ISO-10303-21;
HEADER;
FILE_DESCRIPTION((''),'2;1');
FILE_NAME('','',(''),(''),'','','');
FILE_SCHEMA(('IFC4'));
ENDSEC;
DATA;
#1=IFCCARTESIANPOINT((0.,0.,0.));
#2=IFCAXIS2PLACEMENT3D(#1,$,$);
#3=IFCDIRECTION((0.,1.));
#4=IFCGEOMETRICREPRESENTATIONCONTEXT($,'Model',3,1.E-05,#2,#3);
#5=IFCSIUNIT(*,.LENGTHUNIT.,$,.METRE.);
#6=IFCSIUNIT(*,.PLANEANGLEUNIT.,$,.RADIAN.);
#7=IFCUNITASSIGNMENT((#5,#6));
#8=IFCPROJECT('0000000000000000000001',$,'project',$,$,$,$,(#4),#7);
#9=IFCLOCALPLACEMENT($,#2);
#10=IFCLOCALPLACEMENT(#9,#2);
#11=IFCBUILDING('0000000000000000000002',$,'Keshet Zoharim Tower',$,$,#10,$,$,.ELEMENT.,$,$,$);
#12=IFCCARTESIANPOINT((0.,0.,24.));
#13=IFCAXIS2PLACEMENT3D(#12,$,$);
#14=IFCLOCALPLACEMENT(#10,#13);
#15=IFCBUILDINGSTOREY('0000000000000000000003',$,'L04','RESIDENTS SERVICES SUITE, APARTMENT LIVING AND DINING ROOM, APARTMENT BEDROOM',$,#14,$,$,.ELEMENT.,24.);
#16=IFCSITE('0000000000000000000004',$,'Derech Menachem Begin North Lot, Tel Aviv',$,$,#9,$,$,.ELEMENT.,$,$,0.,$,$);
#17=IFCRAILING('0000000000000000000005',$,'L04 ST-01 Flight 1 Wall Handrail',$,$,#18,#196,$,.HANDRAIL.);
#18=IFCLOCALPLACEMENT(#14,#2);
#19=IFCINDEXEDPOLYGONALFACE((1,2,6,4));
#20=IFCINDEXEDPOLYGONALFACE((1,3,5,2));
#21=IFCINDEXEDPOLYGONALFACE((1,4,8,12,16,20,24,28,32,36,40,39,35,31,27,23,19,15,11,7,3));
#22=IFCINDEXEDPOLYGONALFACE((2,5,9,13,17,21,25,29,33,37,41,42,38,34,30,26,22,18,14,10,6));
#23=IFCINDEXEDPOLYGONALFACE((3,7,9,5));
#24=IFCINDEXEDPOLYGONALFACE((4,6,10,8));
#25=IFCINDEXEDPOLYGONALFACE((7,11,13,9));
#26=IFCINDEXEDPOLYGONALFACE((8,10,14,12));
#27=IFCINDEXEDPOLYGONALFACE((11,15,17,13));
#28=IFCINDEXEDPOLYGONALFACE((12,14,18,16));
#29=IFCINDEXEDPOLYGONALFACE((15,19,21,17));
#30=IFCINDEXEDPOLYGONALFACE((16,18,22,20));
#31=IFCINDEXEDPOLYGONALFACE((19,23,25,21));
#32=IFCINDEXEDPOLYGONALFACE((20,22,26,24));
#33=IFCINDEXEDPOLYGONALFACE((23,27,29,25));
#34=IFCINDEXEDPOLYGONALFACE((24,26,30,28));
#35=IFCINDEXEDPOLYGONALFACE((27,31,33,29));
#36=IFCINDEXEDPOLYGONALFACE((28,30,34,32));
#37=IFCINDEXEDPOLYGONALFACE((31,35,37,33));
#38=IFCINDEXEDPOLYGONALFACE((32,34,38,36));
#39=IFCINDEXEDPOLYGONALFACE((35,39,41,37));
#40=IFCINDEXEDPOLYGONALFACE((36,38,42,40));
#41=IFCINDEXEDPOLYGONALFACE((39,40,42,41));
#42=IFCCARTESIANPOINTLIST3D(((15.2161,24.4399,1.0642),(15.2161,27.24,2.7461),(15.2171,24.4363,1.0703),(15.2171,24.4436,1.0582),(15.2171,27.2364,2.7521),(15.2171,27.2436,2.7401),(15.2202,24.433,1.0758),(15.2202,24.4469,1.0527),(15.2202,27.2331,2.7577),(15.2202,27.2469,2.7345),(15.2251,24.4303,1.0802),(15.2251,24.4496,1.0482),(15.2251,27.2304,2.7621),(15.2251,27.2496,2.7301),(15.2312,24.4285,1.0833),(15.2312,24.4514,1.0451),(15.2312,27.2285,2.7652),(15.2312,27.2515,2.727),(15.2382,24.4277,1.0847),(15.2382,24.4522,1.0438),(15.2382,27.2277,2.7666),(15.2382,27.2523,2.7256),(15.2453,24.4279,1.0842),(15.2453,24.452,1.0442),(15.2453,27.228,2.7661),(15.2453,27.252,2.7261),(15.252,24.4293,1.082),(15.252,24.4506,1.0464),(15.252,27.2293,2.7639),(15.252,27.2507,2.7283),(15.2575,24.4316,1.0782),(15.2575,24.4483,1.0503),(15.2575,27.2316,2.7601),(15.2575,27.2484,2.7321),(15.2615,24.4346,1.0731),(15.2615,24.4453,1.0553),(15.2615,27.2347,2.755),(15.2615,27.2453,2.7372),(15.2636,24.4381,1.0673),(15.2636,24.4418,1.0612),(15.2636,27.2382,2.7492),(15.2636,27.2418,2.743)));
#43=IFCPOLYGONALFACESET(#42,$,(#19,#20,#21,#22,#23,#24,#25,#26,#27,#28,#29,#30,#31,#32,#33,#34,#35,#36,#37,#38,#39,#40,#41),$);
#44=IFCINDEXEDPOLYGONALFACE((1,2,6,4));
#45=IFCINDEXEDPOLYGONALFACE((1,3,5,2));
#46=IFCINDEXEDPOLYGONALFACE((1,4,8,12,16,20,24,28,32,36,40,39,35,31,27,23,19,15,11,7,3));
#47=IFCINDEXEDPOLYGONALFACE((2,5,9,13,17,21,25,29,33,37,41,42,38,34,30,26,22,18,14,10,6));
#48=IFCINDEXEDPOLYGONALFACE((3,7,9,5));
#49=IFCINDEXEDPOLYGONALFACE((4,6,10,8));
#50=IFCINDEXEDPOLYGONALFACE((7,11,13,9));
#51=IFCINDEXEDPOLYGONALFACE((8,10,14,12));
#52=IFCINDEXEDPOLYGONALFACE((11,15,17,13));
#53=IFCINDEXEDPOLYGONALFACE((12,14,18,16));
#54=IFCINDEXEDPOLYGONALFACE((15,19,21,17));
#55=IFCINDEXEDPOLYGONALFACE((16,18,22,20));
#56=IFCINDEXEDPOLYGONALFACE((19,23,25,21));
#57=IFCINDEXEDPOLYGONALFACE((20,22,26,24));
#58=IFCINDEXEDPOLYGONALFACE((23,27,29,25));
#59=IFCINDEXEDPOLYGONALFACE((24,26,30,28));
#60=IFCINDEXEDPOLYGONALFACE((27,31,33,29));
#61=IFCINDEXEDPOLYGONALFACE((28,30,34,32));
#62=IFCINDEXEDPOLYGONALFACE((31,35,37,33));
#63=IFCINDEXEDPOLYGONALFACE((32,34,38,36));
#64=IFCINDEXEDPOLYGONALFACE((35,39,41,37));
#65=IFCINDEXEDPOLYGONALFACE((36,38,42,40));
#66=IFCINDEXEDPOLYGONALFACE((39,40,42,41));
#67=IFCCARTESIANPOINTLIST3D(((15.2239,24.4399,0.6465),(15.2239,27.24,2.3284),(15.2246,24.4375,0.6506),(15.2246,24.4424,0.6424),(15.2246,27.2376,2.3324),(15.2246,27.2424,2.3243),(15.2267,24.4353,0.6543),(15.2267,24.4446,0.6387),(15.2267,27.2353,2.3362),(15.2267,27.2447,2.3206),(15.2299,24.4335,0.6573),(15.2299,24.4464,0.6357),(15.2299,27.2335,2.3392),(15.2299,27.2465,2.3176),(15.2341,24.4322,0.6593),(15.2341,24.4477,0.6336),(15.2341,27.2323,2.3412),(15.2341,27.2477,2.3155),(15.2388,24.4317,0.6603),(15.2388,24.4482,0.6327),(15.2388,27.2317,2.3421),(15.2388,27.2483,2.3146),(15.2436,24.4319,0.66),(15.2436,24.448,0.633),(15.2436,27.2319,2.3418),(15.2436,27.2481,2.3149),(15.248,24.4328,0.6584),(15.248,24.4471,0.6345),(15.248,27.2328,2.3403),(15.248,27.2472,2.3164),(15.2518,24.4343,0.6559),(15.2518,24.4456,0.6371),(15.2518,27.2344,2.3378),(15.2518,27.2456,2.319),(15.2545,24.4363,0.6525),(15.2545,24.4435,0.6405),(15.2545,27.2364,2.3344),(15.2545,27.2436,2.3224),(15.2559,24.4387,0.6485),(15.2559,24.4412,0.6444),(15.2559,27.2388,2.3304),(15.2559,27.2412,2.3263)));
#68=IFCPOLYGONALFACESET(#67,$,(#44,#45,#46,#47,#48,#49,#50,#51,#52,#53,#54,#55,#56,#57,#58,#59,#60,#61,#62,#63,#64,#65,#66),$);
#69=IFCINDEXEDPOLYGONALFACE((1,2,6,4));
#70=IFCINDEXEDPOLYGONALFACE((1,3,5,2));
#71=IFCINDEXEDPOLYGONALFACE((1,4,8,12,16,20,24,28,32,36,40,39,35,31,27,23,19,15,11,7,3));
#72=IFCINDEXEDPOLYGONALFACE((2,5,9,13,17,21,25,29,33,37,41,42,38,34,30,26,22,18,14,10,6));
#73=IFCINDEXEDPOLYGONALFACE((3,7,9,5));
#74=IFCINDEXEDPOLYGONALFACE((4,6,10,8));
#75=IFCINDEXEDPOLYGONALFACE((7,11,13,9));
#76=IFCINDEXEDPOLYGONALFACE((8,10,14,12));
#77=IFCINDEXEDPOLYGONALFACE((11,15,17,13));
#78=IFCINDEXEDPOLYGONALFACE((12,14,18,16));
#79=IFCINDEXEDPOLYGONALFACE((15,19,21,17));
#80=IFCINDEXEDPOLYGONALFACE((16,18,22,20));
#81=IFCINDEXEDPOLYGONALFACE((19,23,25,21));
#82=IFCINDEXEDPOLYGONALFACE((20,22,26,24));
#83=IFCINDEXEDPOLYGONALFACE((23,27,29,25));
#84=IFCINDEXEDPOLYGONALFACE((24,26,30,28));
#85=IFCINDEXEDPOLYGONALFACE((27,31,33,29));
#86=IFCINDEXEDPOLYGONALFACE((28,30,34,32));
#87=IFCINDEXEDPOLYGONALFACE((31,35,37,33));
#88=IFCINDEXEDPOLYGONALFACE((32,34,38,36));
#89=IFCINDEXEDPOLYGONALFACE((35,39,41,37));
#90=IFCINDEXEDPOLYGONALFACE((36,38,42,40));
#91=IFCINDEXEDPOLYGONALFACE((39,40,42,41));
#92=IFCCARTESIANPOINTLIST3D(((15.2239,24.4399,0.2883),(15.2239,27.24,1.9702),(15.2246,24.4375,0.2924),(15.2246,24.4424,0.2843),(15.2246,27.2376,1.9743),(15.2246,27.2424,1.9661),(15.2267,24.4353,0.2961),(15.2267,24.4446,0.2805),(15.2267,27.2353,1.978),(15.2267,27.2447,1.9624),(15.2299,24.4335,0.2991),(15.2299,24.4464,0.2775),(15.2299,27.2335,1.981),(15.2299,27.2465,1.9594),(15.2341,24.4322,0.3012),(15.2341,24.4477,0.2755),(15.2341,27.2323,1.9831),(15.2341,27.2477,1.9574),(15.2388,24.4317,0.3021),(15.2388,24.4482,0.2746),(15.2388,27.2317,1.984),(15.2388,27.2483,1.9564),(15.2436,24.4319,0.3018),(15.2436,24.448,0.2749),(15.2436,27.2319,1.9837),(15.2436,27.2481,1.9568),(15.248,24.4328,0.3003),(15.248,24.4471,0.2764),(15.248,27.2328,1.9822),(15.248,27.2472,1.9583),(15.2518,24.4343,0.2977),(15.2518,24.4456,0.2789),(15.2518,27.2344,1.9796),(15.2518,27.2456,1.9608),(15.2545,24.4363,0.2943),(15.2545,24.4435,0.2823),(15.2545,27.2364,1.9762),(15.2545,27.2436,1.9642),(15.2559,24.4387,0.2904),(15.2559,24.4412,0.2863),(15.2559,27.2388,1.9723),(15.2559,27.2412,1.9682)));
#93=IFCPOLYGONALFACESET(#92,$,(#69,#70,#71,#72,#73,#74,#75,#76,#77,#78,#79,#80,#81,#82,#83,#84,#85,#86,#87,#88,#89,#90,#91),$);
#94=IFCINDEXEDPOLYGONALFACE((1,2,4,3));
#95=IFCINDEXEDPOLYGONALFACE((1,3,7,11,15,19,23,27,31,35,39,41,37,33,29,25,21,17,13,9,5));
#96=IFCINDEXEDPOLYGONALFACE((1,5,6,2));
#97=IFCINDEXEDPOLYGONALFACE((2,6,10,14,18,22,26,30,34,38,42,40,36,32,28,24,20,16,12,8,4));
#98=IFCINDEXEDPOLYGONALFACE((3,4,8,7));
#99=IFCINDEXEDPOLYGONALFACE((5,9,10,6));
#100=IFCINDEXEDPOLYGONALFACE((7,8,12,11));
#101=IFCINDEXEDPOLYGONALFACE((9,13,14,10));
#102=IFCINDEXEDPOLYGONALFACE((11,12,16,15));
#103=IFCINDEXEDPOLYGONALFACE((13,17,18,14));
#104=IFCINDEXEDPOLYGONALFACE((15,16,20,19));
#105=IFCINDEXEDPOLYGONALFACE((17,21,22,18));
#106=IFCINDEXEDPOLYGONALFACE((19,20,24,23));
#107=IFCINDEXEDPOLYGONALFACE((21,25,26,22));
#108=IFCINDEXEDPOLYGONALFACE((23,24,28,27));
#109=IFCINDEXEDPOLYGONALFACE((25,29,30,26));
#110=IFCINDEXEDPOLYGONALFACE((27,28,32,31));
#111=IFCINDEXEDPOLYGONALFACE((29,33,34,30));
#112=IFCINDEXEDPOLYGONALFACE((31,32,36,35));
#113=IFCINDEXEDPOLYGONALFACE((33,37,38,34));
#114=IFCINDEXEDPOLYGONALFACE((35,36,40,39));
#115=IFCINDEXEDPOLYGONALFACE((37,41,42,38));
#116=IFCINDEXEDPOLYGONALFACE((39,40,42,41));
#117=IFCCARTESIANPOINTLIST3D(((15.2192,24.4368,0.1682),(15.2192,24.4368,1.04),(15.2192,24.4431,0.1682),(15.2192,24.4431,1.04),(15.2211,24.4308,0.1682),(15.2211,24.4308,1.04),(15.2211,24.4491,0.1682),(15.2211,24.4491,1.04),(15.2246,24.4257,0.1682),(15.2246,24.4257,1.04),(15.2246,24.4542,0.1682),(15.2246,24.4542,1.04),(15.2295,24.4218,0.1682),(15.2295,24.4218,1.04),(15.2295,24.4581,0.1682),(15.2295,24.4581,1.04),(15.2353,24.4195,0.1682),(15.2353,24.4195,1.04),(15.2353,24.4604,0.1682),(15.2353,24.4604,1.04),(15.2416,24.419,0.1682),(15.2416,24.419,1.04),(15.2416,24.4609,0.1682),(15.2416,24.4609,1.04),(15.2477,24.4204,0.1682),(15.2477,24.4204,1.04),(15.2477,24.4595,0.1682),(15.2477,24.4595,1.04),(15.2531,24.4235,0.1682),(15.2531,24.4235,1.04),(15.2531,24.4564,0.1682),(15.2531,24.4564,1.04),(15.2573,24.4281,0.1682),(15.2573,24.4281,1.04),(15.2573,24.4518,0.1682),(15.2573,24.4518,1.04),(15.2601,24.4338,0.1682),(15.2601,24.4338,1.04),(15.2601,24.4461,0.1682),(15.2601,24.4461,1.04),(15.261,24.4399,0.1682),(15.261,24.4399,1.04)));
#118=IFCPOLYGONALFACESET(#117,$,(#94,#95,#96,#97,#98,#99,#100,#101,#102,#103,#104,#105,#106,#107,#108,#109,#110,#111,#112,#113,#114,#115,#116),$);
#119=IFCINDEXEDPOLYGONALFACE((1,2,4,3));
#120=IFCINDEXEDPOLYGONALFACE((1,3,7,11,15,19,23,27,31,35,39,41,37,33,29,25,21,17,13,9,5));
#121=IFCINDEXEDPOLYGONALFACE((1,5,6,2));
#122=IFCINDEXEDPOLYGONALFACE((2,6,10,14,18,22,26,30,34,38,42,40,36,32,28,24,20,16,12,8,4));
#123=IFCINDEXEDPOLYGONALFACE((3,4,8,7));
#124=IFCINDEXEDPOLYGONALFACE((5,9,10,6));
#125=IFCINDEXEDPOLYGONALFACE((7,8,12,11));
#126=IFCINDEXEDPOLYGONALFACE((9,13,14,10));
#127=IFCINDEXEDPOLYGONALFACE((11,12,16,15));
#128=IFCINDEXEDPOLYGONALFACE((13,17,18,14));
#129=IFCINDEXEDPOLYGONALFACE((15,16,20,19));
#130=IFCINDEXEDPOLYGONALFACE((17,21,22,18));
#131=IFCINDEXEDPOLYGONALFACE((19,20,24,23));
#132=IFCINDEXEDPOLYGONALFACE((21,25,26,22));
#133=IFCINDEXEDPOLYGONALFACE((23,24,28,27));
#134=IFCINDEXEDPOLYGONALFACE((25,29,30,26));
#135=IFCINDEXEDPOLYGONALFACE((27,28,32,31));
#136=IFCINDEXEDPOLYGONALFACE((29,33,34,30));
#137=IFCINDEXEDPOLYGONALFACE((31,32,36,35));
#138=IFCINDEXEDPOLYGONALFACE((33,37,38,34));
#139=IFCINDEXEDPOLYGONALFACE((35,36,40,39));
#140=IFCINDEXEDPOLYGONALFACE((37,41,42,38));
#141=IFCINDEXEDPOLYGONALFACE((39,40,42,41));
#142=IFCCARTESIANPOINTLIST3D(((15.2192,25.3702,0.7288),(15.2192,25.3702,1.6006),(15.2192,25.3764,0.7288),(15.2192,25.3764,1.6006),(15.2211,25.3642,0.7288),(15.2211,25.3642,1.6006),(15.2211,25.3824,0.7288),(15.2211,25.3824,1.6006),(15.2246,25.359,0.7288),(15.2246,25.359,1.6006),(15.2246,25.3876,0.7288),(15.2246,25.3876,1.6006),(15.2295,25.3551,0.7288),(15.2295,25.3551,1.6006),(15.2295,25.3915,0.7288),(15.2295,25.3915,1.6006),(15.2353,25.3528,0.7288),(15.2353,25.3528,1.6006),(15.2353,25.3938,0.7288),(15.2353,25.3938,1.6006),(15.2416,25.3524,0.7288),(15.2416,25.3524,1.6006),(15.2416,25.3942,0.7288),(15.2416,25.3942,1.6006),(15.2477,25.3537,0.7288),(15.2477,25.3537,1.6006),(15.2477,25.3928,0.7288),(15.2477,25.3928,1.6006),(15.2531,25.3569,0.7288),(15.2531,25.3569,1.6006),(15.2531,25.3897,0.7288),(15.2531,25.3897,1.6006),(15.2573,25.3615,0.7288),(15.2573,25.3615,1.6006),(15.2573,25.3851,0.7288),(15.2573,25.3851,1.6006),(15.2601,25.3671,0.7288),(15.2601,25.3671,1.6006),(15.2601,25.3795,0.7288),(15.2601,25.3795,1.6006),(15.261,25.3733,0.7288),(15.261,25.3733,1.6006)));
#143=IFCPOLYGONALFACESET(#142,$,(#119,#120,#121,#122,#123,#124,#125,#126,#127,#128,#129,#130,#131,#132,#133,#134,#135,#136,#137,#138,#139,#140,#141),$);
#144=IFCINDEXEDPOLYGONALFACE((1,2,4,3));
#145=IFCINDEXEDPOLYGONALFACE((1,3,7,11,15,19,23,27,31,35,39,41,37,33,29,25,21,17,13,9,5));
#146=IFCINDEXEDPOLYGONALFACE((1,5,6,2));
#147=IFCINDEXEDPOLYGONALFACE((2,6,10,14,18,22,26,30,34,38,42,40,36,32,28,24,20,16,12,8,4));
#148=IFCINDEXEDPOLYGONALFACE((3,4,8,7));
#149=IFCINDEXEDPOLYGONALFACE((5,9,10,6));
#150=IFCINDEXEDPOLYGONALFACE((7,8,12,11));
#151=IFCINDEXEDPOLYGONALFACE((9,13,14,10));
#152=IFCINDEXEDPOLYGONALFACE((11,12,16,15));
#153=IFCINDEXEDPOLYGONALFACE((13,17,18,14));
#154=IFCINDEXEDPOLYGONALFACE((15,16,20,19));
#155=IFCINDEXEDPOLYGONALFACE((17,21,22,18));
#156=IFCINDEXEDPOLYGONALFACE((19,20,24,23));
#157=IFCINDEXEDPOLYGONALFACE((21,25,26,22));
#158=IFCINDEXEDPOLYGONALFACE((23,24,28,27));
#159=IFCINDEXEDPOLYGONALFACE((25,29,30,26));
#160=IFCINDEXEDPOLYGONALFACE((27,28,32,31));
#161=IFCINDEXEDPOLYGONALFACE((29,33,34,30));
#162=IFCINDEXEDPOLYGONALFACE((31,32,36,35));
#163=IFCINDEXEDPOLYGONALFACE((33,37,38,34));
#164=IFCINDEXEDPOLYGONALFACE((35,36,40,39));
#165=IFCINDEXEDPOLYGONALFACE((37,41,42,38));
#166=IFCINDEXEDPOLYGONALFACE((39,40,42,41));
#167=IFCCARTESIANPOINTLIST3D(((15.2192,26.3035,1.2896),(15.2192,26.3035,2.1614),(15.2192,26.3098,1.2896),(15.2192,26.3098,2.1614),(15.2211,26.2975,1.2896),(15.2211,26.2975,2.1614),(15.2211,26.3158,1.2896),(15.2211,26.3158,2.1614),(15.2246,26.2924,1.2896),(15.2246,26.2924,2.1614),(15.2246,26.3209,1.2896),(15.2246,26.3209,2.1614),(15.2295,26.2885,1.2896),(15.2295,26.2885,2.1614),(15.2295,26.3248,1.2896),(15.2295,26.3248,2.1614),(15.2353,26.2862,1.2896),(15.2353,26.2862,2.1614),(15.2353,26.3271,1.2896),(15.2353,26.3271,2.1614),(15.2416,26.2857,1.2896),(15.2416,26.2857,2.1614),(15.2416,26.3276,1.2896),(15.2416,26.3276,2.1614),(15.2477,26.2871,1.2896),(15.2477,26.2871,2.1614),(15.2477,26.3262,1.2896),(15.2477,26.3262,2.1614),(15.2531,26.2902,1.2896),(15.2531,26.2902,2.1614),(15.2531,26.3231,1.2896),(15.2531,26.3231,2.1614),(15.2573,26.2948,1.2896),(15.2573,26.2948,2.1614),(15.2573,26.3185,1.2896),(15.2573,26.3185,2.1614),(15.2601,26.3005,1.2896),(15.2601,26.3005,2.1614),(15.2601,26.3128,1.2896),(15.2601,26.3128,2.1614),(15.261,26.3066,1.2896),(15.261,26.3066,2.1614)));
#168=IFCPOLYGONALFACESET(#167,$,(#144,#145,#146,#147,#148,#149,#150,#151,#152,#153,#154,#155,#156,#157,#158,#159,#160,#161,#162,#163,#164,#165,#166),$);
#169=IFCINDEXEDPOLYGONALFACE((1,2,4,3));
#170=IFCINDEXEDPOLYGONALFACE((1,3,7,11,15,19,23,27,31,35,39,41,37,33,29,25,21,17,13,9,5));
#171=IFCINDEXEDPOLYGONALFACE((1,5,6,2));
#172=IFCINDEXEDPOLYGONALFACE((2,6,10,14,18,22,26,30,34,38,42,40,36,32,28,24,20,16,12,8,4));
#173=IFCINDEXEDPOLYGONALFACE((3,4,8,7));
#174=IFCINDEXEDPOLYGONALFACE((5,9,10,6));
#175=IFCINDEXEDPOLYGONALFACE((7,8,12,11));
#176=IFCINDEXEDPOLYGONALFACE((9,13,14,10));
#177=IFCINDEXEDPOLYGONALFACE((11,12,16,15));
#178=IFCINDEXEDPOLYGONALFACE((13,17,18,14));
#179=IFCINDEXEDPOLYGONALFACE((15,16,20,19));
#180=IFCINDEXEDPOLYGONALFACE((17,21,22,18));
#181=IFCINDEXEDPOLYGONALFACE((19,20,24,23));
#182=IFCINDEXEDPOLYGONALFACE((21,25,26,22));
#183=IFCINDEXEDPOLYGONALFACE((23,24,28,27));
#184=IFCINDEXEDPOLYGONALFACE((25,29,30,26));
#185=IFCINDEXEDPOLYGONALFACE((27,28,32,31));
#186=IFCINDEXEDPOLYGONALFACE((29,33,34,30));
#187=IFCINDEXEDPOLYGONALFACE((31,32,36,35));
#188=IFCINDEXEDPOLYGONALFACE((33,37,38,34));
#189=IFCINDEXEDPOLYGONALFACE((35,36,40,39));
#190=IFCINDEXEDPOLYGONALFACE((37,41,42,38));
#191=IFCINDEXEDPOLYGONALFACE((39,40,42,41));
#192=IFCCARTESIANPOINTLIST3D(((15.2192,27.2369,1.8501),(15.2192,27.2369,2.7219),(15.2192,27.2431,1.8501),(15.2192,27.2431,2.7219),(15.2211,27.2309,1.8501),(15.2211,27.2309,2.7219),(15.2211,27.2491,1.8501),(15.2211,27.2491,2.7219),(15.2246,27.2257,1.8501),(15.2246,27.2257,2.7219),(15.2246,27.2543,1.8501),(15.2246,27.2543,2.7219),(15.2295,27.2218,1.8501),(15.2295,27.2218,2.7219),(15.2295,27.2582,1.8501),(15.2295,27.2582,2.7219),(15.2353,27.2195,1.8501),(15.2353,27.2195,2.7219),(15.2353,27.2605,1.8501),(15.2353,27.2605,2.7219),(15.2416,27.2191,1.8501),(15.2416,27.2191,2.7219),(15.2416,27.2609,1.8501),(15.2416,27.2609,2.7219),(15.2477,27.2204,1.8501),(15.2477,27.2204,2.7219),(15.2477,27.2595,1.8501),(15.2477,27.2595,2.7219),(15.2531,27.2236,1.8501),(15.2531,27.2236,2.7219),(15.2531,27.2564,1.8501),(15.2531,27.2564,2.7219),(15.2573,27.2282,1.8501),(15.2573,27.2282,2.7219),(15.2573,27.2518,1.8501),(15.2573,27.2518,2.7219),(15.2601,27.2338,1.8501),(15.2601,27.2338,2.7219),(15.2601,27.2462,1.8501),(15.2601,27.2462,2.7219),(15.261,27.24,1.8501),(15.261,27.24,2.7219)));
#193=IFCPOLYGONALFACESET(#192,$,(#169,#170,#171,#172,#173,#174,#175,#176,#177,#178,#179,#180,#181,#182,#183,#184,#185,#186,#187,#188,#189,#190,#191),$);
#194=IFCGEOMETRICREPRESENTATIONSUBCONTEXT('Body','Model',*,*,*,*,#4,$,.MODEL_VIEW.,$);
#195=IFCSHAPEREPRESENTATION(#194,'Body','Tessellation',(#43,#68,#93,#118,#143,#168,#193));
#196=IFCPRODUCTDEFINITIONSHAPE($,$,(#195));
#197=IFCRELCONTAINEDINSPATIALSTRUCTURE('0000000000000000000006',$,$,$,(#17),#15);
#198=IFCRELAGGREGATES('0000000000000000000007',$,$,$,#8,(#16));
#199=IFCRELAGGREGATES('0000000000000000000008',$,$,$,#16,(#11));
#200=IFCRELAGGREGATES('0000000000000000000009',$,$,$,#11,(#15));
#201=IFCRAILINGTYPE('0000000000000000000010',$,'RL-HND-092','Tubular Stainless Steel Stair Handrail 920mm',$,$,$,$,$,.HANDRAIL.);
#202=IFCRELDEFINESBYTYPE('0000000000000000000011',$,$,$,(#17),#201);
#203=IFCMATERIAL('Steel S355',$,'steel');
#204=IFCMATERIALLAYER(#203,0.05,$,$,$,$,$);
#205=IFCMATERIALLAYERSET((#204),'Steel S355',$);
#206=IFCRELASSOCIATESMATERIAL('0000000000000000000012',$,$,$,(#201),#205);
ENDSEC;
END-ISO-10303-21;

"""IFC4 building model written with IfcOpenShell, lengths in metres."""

from ifc_helpers import new_model, si_unit, direction, frame, origin, origin_2d, place, context, subcontext, project, spatial, circle, extrude, material, layer, layer_set, type_object, element, save


model = new_model("IFC4")

# Units and contexts
model_context = context("Model", 3, precision=1e-05, world=origin(), true_north=direction((0.0, 1.0)))
body_context = subcontext(model_context, "Body", "Model", "MODEL_VIEW")
ifc_project = project(units=[si_unit("LENGTHUNIT", "METRE"), si_unit("PLANEANGLEUNIT", "RADIAN")], contexts=[model_context])

# Site, building, storey
site_placement = place(None, origin())
site = spatial("IfcSite", under=ifc_project, at=site_placement, Name="Derech Menachem Begin North Lot, Tel Aviv", CompositionType="ELEMENT", RefElevation=0.0)
building_placement = place(site_placement, origin())
building = spatial("IfcBuilding", under=site, at=building_placement, Name="Keshet Zoharim Tower", CompositionType="ELEMENT")
storey_placement = place(building_placement, frame((0.0, 0.0, 24.0)))
storey = spatial("IfcBuildingStorey", under=building, at=storey_placement, Name="L04", Description="RESIDENTS SERVICES SUITE, APARTMENT LIVING AND DINING ROOM, APARTMENT BEDROOM", CompositionType="ELEMENT", Elevation=24.0)

# Shared definitions
ifc_material_1 = material(Name="Steel S355", Category="steel")

# Railing
ifc_layer_1 = layer(ifc_material_1, 0.05)
ifc_layer_set_1 = layer_set([ifc_layer_1], Name="Steel S355")
railing_type_1 = type_object("IfcRailingType", Name="RL-HND-092", Description="Tubular Stainless Steel Stair Handrail 920mm", PredefinedType="HANDRAIL", material=ifc_layer_set_1)
railing_1_placement = place(storey_placement, frame((15.24, 24.4399, 0.1682)))
element("IfcRailing", 1, at=railing_1_placement, inside=storey, type_object=railing_type_1, Name="L04 ST-01 Flight 1 Wall Handrail", PredefinedType="HANDRAIL", context=body_context, shape_type="SweptSolid", body=[
    extrude(circle(Radius=0.0239, at=origin_2d()), frame((0.0, 0.0, 0.896), z_axis=(0.0, 0.857242, 0.514913), x_axis=(-1.0, 0.0, 0.0)), (0.0, 0.0, 1.0), 3.2664),
    extrude(circle(Radius=0.0161, at=origin_2d()), frame((0.0, 0.0, 0.4783), z_axis=(0.0, 0.857242, 0.514913), x_axis=(-1.0, 0.0, 0.0)), (0.0, 0.0, 1.0), 3.2664),
    extrude(circle(Radius=0.0161, at=origin_2d()), frame((0.0, 0.0, 0.1201), z_axis=(0.0, 0.857242, 0.514913), x_axis=(-1.0, 0.0, 0.0)), (0.0, 0.0, 1.0), 3.2664),
    extrude(circle(Radius=0.021, at=origin_2d()), origin(), (0.0, 0.0, 1.0), 0.8718),
    extrude(circle(Radius=0.021, at=origin_2d()), frame((0.0, 0.9333, 0.5605)), (0.0, 0.0, 1.0), 0.8718),
    extrude(circle(Radius=0.021, at=origin_2d()), frame((0.0, 1.8667, 1.1213)), (0.0, 0.0, 1.0), 0.8718),
    extrude(circle(Radius=0.021, at=origin_2d()), frame((0.0, 2.8, 1.6819)), (0.0, 0.0, 1.0), 0.8718),
])

save(model, "model.ifc")
